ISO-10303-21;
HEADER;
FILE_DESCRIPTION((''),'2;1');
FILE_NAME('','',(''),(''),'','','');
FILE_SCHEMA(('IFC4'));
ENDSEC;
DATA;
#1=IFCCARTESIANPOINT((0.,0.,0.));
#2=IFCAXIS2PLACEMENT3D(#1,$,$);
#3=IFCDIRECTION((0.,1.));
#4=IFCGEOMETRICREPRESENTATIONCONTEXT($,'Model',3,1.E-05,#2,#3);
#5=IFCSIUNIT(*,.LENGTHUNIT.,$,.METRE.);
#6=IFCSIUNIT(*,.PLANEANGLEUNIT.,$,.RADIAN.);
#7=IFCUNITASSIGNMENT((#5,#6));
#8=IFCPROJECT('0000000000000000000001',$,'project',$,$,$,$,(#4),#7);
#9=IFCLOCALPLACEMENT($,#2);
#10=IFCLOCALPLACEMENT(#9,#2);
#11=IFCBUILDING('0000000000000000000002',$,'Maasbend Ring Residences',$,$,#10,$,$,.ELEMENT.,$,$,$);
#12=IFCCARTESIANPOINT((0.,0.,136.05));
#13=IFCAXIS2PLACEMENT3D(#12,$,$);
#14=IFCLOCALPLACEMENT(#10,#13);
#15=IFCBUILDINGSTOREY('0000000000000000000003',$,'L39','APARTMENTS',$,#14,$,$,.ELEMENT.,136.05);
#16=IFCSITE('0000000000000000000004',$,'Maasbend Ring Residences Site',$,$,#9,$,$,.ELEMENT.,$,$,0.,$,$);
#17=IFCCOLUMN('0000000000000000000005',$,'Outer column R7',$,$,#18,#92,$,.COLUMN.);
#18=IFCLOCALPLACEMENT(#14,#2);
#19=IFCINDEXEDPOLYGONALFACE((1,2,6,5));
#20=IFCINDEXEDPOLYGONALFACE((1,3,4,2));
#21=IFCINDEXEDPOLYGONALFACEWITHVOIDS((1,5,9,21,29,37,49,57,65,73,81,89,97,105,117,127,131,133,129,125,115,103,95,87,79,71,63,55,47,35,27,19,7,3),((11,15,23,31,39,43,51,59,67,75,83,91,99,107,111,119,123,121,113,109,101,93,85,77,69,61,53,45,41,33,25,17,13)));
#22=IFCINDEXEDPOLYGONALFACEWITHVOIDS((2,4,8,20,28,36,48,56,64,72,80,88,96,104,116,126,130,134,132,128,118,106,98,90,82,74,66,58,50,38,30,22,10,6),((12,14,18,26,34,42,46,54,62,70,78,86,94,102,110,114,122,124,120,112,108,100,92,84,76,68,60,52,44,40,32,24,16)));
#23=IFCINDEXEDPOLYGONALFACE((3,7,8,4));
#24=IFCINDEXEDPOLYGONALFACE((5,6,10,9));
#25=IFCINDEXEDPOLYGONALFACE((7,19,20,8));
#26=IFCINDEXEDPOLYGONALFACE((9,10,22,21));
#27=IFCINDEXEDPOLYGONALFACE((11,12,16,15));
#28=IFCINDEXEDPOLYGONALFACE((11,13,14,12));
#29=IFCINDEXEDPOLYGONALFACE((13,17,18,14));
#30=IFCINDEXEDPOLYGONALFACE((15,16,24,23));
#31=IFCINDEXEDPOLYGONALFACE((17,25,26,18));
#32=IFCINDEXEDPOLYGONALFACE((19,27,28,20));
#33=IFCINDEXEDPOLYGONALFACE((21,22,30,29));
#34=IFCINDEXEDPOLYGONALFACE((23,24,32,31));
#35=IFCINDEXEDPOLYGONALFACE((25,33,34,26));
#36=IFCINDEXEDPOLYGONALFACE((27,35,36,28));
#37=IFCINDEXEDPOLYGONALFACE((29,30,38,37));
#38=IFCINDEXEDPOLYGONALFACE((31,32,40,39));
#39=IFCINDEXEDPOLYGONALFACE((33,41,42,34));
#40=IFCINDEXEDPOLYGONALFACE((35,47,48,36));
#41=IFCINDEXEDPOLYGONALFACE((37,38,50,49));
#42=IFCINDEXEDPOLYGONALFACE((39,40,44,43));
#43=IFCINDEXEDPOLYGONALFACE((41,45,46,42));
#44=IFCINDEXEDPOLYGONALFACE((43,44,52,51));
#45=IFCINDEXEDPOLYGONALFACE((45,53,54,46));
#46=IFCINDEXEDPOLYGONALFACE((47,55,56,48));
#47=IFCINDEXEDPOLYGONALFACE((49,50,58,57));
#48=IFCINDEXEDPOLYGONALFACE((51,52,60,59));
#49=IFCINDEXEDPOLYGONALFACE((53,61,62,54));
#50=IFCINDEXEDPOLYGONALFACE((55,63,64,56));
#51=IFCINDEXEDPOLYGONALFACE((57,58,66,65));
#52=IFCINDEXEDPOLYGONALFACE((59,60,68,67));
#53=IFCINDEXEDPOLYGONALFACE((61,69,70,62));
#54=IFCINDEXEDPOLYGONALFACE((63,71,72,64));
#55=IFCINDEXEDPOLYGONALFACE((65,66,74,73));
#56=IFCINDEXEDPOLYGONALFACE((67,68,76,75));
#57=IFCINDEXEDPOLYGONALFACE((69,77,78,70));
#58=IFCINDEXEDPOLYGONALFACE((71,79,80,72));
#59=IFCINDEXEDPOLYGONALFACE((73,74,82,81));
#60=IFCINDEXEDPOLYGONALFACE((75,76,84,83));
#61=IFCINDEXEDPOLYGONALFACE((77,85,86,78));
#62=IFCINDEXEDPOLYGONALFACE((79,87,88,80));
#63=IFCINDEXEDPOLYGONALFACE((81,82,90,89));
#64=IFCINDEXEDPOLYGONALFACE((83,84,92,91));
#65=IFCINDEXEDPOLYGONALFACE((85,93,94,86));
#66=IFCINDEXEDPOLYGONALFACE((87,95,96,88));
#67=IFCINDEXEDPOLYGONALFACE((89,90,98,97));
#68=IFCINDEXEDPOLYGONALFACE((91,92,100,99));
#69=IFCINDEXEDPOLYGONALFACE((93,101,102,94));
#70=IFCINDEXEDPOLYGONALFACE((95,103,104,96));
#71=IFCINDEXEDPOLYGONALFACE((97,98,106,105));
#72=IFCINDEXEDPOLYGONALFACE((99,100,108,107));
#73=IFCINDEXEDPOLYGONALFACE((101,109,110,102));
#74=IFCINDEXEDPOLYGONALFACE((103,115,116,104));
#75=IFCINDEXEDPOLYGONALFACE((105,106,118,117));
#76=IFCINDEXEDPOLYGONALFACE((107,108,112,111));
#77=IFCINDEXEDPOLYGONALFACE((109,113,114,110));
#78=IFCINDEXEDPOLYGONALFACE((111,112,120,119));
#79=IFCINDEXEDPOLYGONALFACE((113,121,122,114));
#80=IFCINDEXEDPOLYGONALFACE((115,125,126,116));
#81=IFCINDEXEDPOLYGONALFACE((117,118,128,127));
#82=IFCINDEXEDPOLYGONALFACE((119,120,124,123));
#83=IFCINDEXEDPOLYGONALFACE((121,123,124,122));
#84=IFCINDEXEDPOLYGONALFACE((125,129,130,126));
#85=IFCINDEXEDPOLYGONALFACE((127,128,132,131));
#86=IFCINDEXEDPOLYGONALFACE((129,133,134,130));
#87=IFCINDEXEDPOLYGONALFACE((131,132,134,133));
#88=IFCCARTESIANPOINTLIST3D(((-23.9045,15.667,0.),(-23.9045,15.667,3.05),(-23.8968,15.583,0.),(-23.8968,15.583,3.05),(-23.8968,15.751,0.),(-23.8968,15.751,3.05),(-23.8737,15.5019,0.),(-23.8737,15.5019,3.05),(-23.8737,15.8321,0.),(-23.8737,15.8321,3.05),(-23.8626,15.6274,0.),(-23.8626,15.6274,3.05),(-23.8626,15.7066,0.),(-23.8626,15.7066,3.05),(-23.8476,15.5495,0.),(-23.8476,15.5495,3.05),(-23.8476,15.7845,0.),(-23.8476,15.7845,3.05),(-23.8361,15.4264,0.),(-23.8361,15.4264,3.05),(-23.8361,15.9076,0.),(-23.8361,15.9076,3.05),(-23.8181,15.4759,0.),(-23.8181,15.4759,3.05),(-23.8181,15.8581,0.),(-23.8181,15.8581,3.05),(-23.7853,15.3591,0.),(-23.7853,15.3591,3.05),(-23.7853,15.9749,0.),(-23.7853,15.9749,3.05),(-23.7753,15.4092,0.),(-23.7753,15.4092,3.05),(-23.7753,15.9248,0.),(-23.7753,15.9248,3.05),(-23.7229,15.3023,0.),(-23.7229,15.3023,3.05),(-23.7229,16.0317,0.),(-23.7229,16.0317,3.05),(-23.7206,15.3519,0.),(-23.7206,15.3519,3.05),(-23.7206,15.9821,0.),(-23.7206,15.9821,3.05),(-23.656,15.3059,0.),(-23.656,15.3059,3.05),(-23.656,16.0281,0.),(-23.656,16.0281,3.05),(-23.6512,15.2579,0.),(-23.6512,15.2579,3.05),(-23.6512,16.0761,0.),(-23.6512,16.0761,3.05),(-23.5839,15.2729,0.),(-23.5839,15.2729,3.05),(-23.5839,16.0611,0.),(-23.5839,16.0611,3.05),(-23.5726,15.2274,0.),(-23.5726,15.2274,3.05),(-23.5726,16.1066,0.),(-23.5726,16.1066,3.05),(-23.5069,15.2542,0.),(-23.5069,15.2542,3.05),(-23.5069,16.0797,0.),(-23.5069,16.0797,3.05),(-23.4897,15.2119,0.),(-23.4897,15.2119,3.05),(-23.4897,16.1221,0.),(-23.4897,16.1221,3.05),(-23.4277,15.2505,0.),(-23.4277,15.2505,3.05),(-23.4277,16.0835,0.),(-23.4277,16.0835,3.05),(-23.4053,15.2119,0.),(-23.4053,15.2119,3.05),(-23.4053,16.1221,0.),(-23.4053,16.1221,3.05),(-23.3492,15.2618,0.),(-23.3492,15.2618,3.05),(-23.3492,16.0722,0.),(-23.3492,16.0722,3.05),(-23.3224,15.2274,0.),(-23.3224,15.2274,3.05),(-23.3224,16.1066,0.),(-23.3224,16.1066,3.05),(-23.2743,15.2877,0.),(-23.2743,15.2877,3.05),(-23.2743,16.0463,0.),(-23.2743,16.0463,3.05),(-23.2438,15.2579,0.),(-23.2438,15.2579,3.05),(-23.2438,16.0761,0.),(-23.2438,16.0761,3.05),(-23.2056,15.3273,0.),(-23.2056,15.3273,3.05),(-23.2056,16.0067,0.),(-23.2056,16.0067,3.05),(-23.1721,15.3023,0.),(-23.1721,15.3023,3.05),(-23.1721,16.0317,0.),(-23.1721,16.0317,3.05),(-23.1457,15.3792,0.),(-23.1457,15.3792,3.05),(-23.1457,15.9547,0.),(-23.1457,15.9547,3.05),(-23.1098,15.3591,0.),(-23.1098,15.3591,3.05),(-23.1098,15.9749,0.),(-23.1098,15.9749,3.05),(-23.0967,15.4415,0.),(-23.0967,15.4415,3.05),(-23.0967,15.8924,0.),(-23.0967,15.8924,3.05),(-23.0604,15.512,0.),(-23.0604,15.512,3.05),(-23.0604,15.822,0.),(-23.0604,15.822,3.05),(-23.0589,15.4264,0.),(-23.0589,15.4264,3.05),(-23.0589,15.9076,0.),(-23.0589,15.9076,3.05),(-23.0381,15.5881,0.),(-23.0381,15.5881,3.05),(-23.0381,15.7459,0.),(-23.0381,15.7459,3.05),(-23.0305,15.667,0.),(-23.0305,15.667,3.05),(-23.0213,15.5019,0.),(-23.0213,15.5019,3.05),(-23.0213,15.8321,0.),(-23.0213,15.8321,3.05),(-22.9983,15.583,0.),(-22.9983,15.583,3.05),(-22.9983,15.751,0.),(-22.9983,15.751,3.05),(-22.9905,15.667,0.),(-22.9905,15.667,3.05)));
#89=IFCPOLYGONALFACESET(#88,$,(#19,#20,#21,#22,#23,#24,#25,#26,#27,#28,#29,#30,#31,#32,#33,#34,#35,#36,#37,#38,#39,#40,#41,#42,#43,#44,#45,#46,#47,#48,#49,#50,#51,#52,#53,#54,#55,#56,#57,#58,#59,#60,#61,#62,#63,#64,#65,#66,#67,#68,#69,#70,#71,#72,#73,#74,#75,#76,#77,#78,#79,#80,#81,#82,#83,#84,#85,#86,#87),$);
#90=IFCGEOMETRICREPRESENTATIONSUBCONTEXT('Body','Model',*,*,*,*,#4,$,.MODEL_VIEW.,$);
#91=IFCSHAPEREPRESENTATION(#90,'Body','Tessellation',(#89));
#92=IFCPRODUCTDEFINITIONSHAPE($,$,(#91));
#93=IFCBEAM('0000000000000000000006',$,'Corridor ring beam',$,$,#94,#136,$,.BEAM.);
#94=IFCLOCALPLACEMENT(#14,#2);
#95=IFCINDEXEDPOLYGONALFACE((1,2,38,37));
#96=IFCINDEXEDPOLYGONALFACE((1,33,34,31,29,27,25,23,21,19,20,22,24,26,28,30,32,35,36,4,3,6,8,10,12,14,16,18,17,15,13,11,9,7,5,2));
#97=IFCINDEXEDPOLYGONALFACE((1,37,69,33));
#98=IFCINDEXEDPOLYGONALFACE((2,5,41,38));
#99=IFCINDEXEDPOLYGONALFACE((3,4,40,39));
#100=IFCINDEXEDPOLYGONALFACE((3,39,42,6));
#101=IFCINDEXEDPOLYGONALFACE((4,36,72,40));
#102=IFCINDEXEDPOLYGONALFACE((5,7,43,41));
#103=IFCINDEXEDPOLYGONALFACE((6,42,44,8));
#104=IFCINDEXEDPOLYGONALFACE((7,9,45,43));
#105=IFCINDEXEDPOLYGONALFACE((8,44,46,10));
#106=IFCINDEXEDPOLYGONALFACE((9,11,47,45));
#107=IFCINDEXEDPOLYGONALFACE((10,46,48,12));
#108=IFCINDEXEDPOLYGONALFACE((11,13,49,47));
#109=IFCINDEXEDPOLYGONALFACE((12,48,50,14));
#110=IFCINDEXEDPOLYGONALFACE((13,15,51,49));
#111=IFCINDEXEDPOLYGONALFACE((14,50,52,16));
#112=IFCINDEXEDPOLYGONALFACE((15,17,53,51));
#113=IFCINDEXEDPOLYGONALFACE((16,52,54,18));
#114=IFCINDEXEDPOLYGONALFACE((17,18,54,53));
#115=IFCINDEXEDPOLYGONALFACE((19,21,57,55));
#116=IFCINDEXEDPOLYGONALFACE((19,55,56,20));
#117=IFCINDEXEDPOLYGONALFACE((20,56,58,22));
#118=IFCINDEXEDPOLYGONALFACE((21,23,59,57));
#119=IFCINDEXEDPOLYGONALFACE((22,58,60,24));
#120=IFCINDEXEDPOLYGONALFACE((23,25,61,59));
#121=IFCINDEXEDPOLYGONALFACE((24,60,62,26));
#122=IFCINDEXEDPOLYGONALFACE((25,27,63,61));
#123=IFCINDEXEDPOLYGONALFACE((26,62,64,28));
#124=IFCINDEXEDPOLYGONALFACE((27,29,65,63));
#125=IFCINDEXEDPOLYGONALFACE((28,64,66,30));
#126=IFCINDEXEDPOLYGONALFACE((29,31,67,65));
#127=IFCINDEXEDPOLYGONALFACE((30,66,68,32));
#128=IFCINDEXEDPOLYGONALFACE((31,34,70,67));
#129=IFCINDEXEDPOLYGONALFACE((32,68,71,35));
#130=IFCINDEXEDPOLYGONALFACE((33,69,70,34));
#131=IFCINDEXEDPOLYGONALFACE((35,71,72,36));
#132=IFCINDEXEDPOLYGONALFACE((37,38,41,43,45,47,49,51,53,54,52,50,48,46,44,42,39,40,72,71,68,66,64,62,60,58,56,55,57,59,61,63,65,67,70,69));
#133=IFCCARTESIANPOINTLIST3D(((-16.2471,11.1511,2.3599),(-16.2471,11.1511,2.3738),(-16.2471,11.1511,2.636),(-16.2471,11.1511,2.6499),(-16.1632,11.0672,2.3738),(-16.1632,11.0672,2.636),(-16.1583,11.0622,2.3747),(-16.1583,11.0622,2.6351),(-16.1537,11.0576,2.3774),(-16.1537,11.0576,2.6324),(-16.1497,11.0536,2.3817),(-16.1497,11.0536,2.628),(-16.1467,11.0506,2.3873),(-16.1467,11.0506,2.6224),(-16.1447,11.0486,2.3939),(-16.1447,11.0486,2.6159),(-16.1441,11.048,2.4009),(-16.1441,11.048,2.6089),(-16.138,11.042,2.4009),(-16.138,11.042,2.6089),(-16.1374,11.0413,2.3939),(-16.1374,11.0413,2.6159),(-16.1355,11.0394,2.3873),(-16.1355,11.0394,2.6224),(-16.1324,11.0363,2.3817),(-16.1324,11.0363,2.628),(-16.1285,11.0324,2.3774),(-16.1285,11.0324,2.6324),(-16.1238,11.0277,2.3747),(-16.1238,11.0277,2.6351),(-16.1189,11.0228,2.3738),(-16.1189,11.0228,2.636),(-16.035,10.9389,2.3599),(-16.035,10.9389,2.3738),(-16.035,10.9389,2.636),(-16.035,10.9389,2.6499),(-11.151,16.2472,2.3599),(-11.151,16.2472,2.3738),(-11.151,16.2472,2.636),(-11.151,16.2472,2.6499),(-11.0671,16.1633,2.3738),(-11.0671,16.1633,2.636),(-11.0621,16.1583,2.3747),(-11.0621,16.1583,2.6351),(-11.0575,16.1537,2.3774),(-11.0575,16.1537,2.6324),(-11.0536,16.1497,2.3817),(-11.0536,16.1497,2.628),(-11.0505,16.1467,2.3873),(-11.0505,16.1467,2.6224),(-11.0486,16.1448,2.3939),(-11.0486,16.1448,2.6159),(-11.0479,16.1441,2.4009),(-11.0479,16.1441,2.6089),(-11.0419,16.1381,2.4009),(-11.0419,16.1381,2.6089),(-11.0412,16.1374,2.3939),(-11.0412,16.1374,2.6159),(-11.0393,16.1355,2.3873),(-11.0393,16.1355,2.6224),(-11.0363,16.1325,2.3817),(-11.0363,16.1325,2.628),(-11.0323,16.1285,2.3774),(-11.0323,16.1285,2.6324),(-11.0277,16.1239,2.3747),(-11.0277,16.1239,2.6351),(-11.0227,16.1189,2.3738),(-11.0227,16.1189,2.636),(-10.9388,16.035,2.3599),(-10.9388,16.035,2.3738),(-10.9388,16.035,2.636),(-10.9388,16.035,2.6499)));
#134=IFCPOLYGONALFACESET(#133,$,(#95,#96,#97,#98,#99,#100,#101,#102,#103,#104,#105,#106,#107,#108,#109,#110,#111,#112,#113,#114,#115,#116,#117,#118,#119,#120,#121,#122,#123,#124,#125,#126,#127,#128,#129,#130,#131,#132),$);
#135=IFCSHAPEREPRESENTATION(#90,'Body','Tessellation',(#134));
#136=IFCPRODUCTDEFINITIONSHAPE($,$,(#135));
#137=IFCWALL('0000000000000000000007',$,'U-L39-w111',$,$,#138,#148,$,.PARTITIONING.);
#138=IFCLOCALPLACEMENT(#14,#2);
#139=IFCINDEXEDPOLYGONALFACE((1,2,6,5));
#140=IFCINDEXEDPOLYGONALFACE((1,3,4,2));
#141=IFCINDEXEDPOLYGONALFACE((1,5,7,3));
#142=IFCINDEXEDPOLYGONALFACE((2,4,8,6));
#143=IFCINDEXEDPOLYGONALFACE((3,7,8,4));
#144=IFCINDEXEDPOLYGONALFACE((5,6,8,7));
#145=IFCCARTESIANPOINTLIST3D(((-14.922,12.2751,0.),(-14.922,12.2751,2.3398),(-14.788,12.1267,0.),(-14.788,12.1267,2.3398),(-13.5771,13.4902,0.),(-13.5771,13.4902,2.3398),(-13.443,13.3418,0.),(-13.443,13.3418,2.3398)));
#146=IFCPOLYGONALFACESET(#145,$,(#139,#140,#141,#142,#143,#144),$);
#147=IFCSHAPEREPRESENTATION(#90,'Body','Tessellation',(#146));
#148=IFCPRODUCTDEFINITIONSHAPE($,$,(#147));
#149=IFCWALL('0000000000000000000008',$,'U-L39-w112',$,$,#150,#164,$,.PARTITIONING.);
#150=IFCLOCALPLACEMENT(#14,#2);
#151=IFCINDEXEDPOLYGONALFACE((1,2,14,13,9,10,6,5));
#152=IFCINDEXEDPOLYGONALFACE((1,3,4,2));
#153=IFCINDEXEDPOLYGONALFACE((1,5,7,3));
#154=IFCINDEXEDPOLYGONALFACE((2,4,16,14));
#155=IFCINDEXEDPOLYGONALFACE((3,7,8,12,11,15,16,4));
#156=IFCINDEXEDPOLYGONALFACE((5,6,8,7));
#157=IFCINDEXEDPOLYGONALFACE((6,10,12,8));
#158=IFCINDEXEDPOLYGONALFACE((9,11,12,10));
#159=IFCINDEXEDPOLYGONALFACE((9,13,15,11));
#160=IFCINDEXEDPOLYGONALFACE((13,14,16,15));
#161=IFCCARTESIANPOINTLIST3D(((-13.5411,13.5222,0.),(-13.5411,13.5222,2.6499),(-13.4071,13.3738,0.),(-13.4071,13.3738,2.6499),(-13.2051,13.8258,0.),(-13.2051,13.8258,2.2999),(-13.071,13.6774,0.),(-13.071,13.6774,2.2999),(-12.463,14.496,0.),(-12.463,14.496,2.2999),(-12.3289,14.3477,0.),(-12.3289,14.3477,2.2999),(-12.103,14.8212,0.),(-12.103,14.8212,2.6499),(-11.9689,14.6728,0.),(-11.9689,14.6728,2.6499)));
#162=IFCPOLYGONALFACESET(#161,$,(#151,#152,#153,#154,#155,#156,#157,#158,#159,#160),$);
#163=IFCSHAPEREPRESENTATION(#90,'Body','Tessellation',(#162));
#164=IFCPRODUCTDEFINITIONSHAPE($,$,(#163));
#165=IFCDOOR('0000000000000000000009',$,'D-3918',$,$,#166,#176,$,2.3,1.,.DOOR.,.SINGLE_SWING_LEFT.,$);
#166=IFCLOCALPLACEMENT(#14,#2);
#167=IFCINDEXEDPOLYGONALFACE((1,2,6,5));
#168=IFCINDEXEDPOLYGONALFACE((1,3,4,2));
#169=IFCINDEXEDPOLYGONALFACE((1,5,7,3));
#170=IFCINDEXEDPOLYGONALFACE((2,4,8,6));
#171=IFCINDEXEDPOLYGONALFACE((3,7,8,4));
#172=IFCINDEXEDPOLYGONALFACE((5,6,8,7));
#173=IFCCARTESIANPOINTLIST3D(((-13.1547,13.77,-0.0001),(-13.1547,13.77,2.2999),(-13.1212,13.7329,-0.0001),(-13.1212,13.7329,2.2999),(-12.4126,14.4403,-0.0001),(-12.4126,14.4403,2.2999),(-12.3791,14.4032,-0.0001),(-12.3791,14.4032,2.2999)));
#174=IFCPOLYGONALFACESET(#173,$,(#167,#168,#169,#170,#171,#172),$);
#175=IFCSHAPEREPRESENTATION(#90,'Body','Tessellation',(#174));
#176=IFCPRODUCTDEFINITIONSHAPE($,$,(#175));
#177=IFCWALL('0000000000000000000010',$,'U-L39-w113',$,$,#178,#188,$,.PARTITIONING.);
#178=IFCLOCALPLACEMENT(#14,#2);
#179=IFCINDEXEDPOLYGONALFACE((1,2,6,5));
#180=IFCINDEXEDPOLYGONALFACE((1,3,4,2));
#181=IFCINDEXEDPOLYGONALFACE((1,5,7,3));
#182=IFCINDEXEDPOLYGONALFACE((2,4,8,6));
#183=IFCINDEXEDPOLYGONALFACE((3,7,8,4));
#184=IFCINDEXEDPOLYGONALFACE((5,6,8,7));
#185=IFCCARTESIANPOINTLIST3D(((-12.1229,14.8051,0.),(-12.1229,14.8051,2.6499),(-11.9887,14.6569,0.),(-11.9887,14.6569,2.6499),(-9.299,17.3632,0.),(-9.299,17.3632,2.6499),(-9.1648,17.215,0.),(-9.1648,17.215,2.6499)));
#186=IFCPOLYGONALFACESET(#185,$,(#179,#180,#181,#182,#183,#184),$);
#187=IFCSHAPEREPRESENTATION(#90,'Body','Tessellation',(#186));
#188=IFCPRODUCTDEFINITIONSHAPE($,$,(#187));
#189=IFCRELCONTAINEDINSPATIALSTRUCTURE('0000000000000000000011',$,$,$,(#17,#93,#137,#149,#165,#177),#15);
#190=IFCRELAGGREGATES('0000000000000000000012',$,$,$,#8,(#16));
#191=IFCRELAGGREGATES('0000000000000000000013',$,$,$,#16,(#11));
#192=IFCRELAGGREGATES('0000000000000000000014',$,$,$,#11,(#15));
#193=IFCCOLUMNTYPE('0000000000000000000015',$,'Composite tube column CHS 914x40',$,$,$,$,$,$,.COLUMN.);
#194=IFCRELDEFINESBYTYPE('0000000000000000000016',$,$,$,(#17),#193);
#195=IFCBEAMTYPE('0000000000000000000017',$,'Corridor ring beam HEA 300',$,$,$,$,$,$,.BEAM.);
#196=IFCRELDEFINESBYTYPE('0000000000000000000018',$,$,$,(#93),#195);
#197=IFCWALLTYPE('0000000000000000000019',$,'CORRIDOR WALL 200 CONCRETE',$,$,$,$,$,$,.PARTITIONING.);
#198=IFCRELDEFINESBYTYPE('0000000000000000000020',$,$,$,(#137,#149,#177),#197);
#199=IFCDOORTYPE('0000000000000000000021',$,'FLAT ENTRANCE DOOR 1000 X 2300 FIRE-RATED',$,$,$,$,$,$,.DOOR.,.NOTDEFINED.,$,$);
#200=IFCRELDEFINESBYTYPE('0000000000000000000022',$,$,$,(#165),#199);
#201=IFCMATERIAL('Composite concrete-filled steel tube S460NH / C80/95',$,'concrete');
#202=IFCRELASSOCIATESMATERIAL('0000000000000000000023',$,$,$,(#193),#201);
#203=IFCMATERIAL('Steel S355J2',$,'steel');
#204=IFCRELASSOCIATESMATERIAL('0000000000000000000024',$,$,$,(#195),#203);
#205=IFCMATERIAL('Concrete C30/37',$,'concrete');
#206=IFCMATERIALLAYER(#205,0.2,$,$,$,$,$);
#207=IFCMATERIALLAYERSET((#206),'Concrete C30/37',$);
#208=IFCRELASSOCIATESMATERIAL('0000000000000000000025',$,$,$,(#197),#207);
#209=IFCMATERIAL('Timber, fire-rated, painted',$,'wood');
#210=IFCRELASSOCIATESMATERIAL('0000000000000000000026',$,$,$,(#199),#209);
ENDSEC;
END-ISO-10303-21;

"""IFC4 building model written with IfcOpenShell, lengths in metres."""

from ifc_helpers import new_model, si_unit, direction, frame, frame_2d, origin, origin_2d, place, context, subcontext, project, spatial, rectangle, hollow_circle, i_section, extrude, material, layer, layer_set, material_profile, profile_set, type_object, element, fill, save


model = new_model("IFC4")

# Units and contexts
model_context = context("Model", 3, precision=1e-05, world=origin(), true_north=direction((0.0, 1.0)))
body_context = subcontext(model_context, "Body", "Model", "MODEL_VIEW")
ifc_project = project(units=[si_unit("LENGTHUNIT", "METRE"), si_unit("PLANEANGLEUNIT", "RADIAN")], contexts=[model_context])

# Site, building, storey
site_placement = place(None, origin())
site = spatial("IfcSite", under=ifc_project, at=site_placement, Name="Maasbend Ring Residences Site", CompositionType="ELEMENT", RefElevation=0.0)
building_placement = place(site_placement, origin())
building = spatial("IfcBuilding", under=site, at=building_placement, Name="Maasbend Ring Residences", CompositionType="ELEMENT")
storey_placement = place(building_placement, frame((0.0, 0.0, 136.05)))
storey = spatial("IfcBuildingStorey", under=building, at=storey_placement, Name="L39", Description="APARTMENTS", CompositionType="ELEMENT", Elevation=136.05)

# Column
ifc_material_1 = material(Name="Composite concrete-filled steel tube S460NH / C80/95", Category="concrete")
ifc_material_profile_1 = material_profile(ifc_material_1, hollow_circle(Radius=0.457, WallThickness=0.04, at=origin_2d()), Name="Composite tube column CHS 914x40")
ifc_profile_set_1 = profile_set([ifc_material_profile_1], Name="Composite concrete-filled steel tube S460NH / C80/95")
column_type = type_object("IfcColumnType", Name="Composite tube column CHS 914x40", PredefinedType="COLUMN", material=ifc_profile_set_1)
column_placement = place(storey_placement, frame((-23.4475, 15.667, 0.0), z_axis=(0.0, 0.0, 1.0), x_axis=(1.0, 0.0, 0.0)))
element("IfcColumn", 1, at=column_placement, inside=storey, type_object=column_type, Name="Outer column R7", PredefinedType="COLUMN", context=body_context, shape_type="SweptSolid", body=[
    extrude(hollow_circle(Radius=0.457, WallThickness=0.04, at=origin_2d()), origin(), (0.0, 0.0, 1.0), 3.05),
])

# Beam
ifc_material_2 = material(Name="Steel S355J2", Category="steel")
ifc_material_profile_2 = material_profile(ifc_material_2, i_section(OverallWidth=0.3, OverallDepth=0.29, WebThickness=0.0085, FlangeThickness=0.0139, FilletRadius=0.0271, at=origin_2d()), Name="HEA 300")
ifc_profile_set_2 = profile_set([ifc_material_profile_2], Name="Steel S355J2")
beam_type = type_object("IfcBeamType", Name="Corridor ring beam HEA 300", PredefinedType="BEAM", material=ifc_profile_set_2)
beam_placement = place(storey_placement, frame((-11.0449, 16.1411, 2.5049), z_axis=(-0.707107, -0.707107, 0.0), x_axis=(0.707107, -0.707107, 0.0)))
element("IfcBeam", 2, at=beam_placement, inside=storey, type_object=beam_type, Name="Corridor ring beam", PredefinedType="BEAM", context=body_context, shape_type="SweptSolid", body=[
    extrude(i_section(OverallWidth=0.3, OverallDepth=0.29, WebThickness=0.0085, FlangeThickness=0.0139, FilletRadius=0.0271, at=origin_2d()), origin(), (0.0, 0.0, 1.0), 7.207),
])

# Wall
ifc_material_3 = material(Name="Concrete C30/37", Category="concrete")
ifc_layer_1 = layer(ifc_material_3, 0.2)
ifc_layer_set_1 = layer_set([ifc_layer_1], Name="Concrete C30/37")
wall_type_1 = type_object("IfcWallType", Name="CORRIDOR WALL 200 CONCRETE", PredefinedType="PARTITIONING", material=ifc_layer_set_1)
wall_1_placement = place(storey_placement, frame((-14.855, 12.2009, 0.0), z_axis=(0.0, 0.0, 1.0), x_axis=(0.742027, 0.67037, 0.0)))
element("IfcWall", 3, at=wall_1_placement, inside=storey, type_object=wall_type_1, Name="U-L39-w111", PredefinedType="PARTITIONING", context=body_context, shape_type="SweptSolid", body=[
    extrude(rectangle(XDim=1.8125, YDim=0.2, at=frame_2d((0.9062, 0.0))), origin(), (0.0, 0.0, 1.0), 2.3398),
])

# Wall, opening, door
wall_2_placement = place(storey_placement, frame((-13.4741, 13.448, 0.0), z_axis=(0.0, 0.0, 1.0), x_axis=(0.742097, 0.670293, 0.0)))
wall_2 = element("IfcWall", 4, at=wall_2_placement, inside=storey, type_object=wall_type_1, Name="U-L39-w112", PredefinedType="PARTITIONING", context=body_context, shape_type="SweptSolid", body=[
    extrude(rectangle(XDim=1.938, YDim=0.2, at=frame_2d((0.969, 0.0))), origin(), (0.0, 0.0, 1.0), 2.6499),
])
opening_1_placement = place(wall_2_placement, frame((0.4529, 0.0, 0.0)))
opening_1 = element("IfcOpeningElement", 5, at=opening_1_placement, cuts=wall_2, PredefinedType="OPENING", context=body_context, shape_type="SweptSolid", body=[
    extrude(rectangle(XDim=1.0, YDim=2.3, at=frame_2d((0.5, 1.1499))), frame((0.0, 0.1099, 0.0), z_axis=(0.0, -1.0, 0.0), x_axis=(1.0, 0.0, 0.0)), (0.0, 0.0, 1.0), 0.22),
])
ifc_material_4 = material(Name="Timber, fire-rated, painted", Category="wood")
door_type_1 = type_object("IfcDoorType", Name="FLAT ENTRANCE DOOR 1000 X 2300 FIRE-RATED", OperationType="NOTDEFINED", PredefinedType="DOOR", material=ifc_material_4)
door_1_placement = place(opening_1_placement, origin())
door_1 = element("IfcDoor", 6, at=door_1_placement, inside=storey, type_object=door_type_1, Name="D-3918", OperationType="SINGLE_SWING_LEFT", OverallHeight=2.3, OverallWidth=1.0, PredefinedType="DOOR", context=body_context, shape_type="SweptSolid", body=[
    extrude(rectangle(XDim=1.0, YDim=2.3, at=frame_2d((0.5, 1.1499))), frame((0.0, 0.0249, 0.0), z_axis=(0.0, -1.0, 0.0), x_axis=(1.0, 0.0, 0.0)), (0.0, 0.0, 1.0), 0.05),
])
fill(opening_1, door_1)

# Wall
wall_3_placement = place(storey_placement, frame((-12.0559, 14.731, 0.0), z_axis=(0.0, 0.0, 1.0), x_axis=(0.741133, 0.671358, 0.0)))
element("IfcWall", 7, at=wall_3_placement, inside=storey, type_object=wall_type_1, Name="U-L39-w113", PredefinedType="PARTITIONING", context=body_context, shape_type="SweptSolid", body=[
    extrude(rectangle(XDim=3.8103, YDim=0.2, at=frame_2d((1.9053, 0.0))), origin(), (0.0, 0.0, 1.0), 2.6499),
])

save(model, "model.ifc")
